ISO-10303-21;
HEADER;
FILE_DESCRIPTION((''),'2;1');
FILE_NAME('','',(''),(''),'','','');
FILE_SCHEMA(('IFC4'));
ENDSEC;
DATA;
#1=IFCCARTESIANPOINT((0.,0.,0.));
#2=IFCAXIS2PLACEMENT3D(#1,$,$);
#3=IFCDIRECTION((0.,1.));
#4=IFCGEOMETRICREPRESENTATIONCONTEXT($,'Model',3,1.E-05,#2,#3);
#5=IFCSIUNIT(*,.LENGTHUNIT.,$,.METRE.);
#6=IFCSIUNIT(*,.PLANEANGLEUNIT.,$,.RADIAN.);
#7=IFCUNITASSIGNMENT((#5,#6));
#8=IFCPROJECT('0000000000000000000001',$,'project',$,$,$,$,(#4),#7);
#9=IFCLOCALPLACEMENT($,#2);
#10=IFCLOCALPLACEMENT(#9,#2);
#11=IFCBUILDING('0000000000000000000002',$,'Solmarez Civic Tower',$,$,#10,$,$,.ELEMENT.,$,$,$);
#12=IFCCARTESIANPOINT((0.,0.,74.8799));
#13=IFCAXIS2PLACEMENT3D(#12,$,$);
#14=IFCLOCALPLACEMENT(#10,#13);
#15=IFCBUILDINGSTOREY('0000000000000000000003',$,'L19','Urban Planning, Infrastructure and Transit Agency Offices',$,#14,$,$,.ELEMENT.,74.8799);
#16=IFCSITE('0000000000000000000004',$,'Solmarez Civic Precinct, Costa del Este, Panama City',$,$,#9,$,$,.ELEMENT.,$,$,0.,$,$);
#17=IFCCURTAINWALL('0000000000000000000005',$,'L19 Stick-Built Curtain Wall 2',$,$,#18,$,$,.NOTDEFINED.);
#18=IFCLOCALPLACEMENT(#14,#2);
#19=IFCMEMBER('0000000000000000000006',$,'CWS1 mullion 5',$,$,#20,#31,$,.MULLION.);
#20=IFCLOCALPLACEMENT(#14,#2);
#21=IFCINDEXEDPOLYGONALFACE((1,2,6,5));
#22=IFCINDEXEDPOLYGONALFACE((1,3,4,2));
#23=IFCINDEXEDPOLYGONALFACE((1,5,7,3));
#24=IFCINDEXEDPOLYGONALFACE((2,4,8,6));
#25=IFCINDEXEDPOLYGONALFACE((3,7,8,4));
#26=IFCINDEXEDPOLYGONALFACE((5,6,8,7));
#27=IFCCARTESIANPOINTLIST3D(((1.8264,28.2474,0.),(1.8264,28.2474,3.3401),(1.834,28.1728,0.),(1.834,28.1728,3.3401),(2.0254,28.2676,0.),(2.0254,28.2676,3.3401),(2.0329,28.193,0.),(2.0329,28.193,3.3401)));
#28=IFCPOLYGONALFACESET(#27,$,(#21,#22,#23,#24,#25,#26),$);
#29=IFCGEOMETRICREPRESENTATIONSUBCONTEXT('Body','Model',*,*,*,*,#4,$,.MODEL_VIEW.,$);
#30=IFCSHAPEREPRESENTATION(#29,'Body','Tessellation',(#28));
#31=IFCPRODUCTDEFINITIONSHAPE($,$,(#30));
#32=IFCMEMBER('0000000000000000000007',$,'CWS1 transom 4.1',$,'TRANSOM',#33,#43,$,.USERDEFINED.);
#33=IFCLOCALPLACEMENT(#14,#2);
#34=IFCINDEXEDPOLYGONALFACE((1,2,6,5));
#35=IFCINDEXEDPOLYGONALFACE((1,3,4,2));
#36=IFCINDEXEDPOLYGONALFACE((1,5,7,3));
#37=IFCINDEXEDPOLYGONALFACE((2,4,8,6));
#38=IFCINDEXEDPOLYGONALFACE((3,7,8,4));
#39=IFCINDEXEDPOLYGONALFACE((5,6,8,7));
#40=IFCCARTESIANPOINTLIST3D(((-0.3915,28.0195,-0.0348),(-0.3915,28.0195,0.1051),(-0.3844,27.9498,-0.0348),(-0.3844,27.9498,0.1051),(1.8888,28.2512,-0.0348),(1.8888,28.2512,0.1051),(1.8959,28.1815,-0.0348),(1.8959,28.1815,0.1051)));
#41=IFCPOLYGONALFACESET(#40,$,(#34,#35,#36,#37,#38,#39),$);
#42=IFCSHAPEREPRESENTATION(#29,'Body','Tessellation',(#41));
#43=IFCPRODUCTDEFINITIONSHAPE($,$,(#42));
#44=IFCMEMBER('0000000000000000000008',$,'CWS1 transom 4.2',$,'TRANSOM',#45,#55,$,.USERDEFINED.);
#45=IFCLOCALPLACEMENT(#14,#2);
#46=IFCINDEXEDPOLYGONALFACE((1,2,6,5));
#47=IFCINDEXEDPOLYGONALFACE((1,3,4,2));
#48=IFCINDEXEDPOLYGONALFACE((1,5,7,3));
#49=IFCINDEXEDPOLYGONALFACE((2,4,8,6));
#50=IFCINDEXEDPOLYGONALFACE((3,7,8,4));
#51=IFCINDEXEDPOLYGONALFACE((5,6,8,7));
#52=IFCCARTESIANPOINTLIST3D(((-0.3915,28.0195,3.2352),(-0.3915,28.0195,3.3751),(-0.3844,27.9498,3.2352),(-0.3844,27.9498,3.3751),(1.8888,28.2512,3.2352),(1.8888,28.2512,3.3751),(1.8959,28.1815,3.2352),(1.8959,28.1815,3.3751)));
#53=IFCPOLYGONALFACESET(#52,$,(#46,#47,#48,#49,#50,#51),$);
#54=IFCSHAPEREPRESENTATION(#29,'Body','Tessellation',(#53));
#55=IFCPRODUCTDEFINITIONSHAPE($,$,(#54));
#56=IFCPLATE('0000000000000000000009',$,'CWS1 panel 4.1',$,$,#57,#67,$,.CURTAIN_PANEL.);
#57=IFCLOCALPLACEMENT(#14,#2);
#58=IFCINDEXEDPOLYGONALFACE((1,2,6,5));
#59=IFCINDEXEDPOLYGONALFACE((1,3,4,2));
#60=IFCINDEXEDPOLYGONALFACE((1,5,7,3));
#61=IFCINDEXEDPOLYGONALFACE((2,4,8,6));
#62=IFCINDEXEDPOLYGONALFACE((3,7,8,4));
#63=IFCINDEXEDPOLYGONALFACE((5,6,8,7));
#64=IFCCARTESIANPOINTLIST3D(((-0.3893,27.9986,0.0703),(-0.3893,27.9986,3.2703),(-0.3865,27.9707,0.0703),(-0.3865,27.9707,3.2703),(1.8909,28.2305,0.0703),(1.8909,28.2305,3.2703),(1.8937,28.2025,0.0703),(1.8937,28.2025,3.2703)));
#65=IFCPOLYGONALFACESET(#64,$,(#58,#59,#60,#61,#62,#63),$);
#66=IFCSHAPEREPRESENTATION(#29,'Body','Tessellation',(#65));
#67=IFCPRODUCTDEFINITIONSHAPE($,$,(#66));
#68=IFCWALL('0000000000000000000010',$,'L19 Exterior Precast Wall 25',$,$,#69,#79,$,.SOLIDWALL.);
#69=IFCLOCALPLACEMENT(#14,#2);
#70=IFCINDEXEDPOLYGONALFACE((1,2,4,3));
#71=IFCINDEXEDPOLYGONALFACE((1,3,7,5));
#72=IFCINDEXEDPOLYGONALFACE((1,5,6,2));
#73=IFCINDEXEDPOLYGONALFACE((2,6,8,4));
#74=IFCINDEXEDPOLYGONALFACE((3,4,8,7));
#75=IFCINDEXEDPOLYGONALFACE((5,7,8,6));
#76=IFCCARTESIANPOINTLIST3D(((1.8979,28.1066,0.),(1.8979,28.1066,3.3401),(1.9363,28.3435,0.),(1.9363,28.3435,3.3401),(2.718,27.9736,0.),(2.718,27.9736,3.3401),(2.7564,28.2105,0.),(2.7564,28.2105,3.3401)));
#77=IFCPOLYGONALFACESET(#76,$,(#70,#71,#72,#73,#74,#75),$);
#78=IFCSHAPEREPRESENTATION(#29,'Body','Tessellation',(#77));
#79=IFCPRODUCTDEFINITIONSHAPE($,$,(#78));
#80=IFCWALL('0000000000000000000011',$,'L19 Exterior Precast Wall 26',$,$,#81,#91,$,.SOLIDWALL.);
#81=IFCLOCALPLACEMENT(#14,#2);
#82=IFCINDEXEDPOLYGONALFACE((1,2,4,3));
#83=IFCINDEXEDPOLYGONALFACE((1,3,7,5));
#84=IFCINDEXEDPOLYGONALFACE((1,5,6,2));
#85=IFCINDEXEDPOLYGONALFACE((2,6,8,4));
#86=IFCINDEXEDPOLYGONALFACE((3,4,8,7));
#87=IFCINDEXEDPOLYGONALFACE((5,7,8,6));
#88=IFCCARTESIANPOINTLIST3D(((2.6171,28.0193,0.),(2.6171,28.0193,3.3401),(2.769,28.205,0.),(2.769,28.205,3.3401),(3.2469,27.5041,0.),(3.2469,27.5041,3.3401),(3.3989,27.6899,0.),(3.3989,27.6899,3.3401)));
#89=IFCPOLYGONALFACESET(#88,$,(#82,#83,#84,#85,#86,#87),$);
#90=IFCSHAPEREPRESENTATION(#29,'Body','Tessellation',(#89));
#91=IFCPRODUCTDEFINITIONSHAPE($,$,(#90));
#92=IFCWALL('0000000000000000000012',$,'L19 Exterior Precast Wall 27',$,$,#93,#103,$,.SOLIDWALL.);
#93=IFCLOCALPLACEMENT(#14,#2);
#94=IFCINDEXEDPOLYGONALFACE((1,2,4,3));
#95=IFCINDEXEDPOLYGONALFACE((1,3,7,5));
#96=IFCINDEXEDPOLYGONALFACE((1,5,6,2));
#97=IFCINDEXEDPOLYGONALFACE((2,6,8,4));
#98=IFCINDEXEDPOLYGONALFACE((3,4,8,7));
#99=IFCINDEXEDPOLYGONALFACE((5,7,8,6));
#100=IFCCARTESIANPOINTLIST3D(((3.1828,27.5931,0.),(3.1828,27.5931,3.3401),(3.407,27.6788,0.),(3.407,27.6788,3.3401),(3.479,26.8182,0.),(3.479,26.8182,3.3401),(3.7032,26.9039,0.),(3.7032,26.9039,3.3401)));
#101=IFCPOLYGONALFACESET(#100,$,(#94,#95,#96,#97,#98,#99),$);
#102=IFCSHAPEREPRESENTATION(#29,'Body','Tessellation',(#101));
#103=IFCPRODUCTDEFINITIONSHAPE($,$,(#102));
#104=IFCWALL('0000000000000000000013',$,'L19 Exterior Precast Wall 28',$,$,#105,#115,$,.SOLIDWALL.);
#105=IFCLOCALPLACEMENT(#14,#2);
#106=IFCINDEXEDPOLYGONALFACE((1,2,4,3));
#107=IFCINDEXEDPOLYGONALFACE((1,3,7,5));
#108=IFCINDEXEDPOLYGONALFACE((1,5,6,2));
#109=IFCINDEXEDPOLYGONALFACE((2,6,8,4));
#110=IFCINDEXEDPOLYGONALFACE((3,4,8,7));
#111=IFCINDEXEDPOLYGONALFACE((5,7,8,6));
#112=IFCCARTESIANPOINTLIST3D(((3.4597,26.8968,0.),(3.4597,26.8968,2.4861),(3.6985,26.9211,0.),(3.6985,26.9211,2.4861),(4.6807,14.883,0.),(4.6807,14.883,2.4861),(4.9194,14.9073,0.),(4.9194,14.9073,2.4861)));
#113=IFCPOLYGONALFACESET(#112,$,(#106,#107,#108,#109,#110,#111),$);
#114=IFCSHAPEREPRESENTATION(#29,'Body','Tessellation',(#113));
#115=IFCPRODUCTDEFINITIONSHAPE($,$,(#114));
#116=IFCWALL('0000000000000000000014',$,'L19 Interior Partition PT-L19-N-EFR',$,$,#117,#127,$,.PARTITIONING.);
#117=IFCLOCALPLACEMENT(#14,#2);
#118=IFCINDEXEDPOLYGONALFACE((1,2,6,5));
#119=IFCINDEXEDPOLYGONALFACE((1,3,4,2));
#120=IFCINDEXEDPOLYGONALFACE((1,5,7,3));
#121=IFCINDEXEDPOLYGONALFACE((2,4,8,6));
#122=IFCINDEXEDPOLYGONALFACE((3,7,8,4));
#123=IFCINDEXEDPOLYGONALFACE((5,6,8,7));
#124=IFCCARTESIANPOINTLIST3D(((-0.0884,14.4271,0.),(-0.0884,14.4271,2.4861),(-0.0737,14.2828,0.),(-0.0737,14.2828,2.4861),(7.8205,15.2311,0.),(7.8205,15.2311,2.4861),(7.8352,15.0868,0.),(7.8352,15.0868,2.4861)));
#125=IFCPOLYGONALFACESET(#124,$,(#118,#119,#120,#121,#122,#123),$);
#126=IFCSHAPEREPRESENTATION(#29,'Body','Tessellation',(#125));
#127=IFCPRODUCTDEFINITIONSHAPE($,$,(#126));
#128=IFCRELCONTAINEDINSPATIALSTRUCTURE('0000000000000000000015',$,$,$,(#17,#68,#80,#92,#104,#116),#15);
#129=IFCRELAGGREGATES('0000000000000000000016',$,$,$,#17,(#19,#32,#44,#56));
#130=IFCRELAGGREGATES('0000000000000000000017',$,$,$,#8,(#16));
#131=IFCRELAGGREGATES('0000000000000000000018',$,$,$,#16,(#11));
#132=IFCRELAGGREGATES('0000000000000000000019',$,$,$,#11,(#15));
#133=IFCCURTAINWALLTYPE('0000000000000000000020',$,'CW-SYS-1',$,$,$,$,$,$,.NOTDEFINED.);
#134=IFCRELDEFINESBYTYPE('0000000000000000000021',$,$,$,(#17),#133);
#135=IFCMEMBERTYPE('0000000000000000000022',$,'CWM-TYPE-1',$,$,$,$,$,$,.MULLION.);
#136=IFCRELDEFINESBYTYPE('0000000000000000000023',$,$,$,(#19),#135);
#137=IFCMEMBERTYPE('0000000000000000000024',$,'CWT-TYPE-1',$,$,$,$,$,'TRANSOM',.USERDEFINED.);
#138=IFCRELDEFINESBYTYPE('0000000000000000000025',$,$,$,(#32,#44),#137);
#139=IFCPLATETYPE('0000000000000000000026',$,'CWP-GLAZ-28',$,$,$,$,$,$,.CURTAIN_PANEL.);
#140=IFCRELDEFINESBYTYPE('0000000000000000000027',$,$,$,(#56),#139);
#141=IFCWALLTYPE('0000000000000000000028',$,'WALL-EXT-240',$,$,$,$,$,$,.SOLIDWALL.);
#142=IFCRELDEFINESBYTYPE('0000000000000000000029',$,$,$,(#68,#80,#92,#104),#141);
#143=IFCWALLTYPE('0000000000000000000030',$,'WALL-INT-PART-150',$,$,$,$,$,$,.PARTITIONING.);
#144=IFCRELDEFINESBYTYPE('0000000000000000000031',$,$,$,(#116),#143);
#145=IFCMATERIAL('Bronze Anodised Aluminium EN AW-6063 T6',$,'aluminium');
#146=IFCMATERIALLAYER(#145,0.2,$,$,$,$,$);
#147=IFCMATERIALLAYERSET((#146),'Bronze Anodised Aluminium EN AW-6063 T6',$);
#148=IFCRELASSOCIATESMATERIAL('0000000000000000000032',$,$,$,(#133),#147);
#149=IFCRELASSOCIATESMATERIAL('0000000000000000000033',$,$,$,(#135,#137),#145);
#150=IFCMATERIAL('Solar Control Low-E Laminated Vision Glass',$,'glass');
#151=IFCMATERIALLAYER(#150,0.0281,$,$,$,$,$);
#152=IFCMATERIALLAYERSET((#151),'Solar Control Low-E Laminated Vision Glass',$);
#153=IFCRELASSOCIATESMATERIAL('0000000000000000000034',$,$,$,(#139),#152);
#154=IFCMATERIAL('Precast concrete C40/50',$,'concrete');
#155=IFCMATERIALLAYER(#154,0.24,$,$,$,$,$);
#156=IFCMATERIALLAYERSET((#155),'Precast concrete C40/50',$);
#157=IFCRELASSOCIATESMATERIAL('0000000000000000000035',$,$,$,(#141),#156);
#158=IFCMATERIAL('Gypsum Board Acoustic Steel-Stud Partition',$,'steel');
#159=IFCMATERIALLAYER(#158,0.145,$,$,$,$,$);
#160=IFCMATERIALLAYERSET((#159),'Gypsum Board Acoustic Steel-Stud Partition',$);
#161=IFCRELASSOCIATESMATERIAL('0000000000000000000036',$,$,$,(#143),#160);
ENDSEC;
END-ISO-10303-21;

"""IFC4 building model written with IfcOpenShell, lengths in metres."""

from ifc_helpers import new_model, si_unit, direction, frame, frame_2d, origin, origin_2d, place, context, subcontext, project, spatial, rectangle, extrude, material, layer, layer_set, material_profile, profile_set, type_object, element, aggregate, save


model = new_model("IFC4")

# Units and contexts
model_context = context("Model", 3, precision=1e-05, world=origin(), true_north=direction((0.0, 1.0)))
body_context = subcontext(model_context, "Body", "Model", "MODEL_VIEW")
ifc_project = project(units=[si_unit("LENGTHUNIT", "METRE"), si_unit("PLANEANGLEUNIT", "RADIAN")], contexts=[model_context])

# Site, building, storey
site_placement = place(None, origin())
site = spatial("IfcSite", under=ifc_project, at=site_placement, Name="Solmarez Civic Precinct, Costa del Este, Panama City", CompositionType="ELEMENT", RefElevation=0.0)
building_placement = place(site_placement, origin())
building = spatial("IfcBuilding", under=site, at=building_placement, Name="Solmarez Civic Tower", CompositionType="ELEMENT")
storey_placement = place(building_placement, frame((0.0, 0.0, 74.8799)))
storey = spatial("IfcBuildingStorey", under=building, at=storey_placement, Name="L19", Description="Urban Planning, Infrastructure and Transit Agency Offices", CompositionType="ELEMENT", Elevation=74.8799)

# Curtain wall, members, plate
ifc_material_1 = material(Name="Bronze Anodised Aluminium EN AW-6063 T6", Category="aluminium")
ifc_layer_1 = layer(ifc_material_1, 0.2)
ifc_layer_set_1 = layer_set([ifc_layer_1], Name="Bronze Anodised Aluminium EN AW-6063 T6")
curtain_wall_type = type_object("IfcCurtainWallType", Name="CW-SYS-1", PredefinedType="NOTDEFINED", material=ifc_layer_set_1)
curtain_wall_placement = place(storey_placement, origin())
curtain_wall = element("IfcCurtainWall", 1, at=curtain_wall_placement, inside=storey, type_object=curtain_wall_type, Name="L19 Stick-Built Curtain Wall 2", PredefinedType="NOTDEFINED")
ifc_material_profile_1 = material_profile(ifc_material_1, rectangle(XDim=0.075, YDim=0.2, at=origin_2d()), Name="CWM-75X200")
ifc_profile_set_1 = profile_set([ifc_material_profile_1], Name="Bronze Anodised Aluminium EN AW-6063 T6")
member_type_1 = type_object("IfcMemberType", Name="CWM-TYPE-1", PredefinedType="MULLION", material=ifc_profile_set_1)
member_1_placement = place(storey_placement, frame((1.9297, 28.2202, 0.0), z_axis=(0.0, 0.0, 1.0), x_axis=(-0.101161, 0.99487, 0.0)))
member_1 = element("IfcMember", 2, at=member_1_placement, type_object=member_type_1, Name="CWS1 mullion 5", PredefinedType="MULLION", context=body_context, shape_type="SweptSolid", body=[
    extrude(rectangle(XDim=0.075, YDim=0.2, at=origin_2d()), origin(), (0.0, 0.0, 1.0), 3.3401),
])
ifc_material_profile_2 = material_profile(ifc_material_1, rectangle(XDim=0.0701, YDim=0.1399, at=origin_2d()), Name="CWT-70X140")
ifc_profile_set_2 = profile_set([ifc_material_profile_2], Name="Bronze Anodised Aluminium EN AW-6063 T6")
member_type_2 = type_object("IfcMemberType", Name="CWT-TYPE-1", ElementType="TRANSOM", PredefinedType="USERDEFINED", material=ifc_profile_set_2)
member_2_placement = place(storey_placement, frame((-0.3879, 27.9846, 0.0352), z_axis=(0.994878, 0.101086, 0.0), x_axis=(-0.101086, 0.994878, 0.0)))
member_2 = element("IfcMember", 3, at=member_2_placement, type_object=member_type_2, Name="CWS1 transom 4.1", ObjectType="TRANSOM", PredefinedType="USERDEFINED", context=body_context, shape_type="SweptSolid", body=[
    extrude(rectangle(XDim=0.0701, YDim=0.1399, at=origin_2d()), origin(), (0.0, 0.0, 1.0), 2.292),
])
member_3_placement = place(storey_placement, frame((-0.3879, 27.9846, 3.3052), z_axis=(0.994878, 0.101086, 0.0), x_axis=(-0.101086, 0.994878, 0.0)))
member_3 = element("IfcMember", 4, at=member_3_placement, type_object=member_type_2, Name="CWS1 transom 4.2", ObjectType="TRANSOM", PredefinedType="USERDEFINED", context=body_context, shape_type="SweptSolid", body=[
    extrude(rectangle(XDim=0.0701, YDim=0.1399, at=origin_2d()), origin(), (0.0, 0.0, 1.0), 2.292),
])
ifc_material_2 = material(Name="Solar Control Low-E Laminated Vision Glass", Category="glass")
ifc_layer_2 = layer(ifc_material_2, 0.0281)
ifc_layer_set_2 = layer_set([ifc_layer_2], Name="Solar Control Low-E Laminated Vision Glass")
plate_type = type_object("IfcPlateType", Name="CWP-GLAZ-28", PredefinedType="CURTAIN_PANEL", material=ifc_layer_set_2)
plate_placement = place(storey_placement, frame((0.7522, 28.1006, 0.0703), z_axis=(0.0, 0.0, 1.0), x_axis=(0.99487, 0.101161, 0.0)))
plate = element("IfcPlate", 5, at=plate_placement, type_object=plate_type, Name="CWS1 panel 4.1", PredefinedType="CURTAIN_PANEL", context=body_context, shape_type="SweptSolid", body=[
    extrude(rectangle(XDim=2.292, YDim=0.0281, at=origin_2d()), origin(), (0.0, 0.0, 1.0), 3.2),
])
aggregate(curtain_wall, [member_1, member_2, member_3, plate])

# Walls
ifc_material_3 = material(Name="Precast concrete C40/50", Category="concrete")
ifc_layer_3 = layer(ifc_material_3, 0.24)
ifc_layer_set_3 = layer_set([ifc_layer_3], Name="Precast concrete C40/50")
wall_type_1 = type_object("IfcWallType", Name="WALL-EXT-240", PredefinedType="SOLIDWALL", material=ifc_layer_set_3)
wall_1_placement = place(storey_placement, frame((1.917, 28.2251, 0.0), z_axis=(0.0, 0.0, 1.0), x_axis=(0.987092, -0.160156, 0.0)))
element("IfcWall", 6, at=wall_1_placement, inside=storey, type_object=wall_type_1, Name="L19 Exterior Precast Wall 25", PredefinedType="SOLIDWALL", context=body_context, shape_type="SweptSolid", body=[
    extrude(rectangle(XDim=0.8308, YDim=0.24, at=frame_2d((0.4155, 0.0))), origin(), (0.0, 0.0, 1.0), 3.3401),
])
wall_2_placement = place(storey_placement, frame((2.6931, 28.1121, 0.0), z_axis=(0.0, 0.0, 1.0), x_axis=(0.774091, -0.633074, 0.0)))
element("IfcWall", 7, at=wall_2_placement, inside=storey, type_object=wall_type_1, Name="L19 Exterior Precast Wall 26", PredefinedType="SOLIDWALL", context=body_context, shape_type="SweptSolid", body=[
    extrude(rectangle(XDim=0.8137, YDim=0.24, at=frame_2d((0.4067, 0.0))), origin(), (0.0, 0.0, 1.0), 3.3401),
])
wall_3_placement = place(storey_placement, frame((3.2949, 27.636, 0.0), z_axis=(0.0, 0.0, 1.0), x_axis=(0.356986, -0.93411, 0.0)))
element("IfcWall", 8, at=wall_3_placement, inside=storey, type_object=wall_type_1, Name="L19 Exterior Precast Wall 27", PredefinedType="SOLIDWALL", context=body_context, shape_type="SweptSolid", body=[
    extrude(rectangle(XDim=0.8296, YDim=0.24, at=frame_2d((0.4148, 0.0))), origin(), (0.0, 0.0, 1.0), 3.3401),
])
wall_4_placement = place(storey_placement, frame((3.5791, 26.9089, 0.0), z_axis=(0.0, 0.0, 1.0), x_axis=(0.101107, -0.994876, 0.0)))
element("IfcWall", 9, at=wall_4_placement, inside=storey, type_object=wall_type_1, Name="L19 Exterior Precast Wall 28", PredefinedType="SOLIDWALL", context=body_context, shape_type="SweptSolid", body=[
    extrude(rectangle(XDim=12.0757, YDim=0.24, at=frame_2d((6.0378, 0.0))), origin(), (0.0, 0.0, 1.0), 2.4861),
])
ifc_material_4 = material(Name="Gypsum Board Acoustic Steel-Stud Partition", Category="steel")
ifc_layer_4 = layer(ifc_material_4, 0.145)
ifc_layer_set_4 = layer_set([ifc_layer_4], Name="Gypsum Board Acoustic Steel-Stud Partition")
wall_type_2 = type_object("IfcWallType", Name="WALL-INT-PART-150", PredefinedType="PARTITIONING", material=ifc_layer_set_4)
wall_5_placement = place(storey_placement, frame((7.8279, 15.1589, 0.0), z_axis=(0.0, 0.0, 1.0), x_axis=(-0.994873, -0.10113, 0.0)))
element("IfcWall", 10, at=wall_5_placement, inside=storey, type_object=wall_type_2, Name="L19 Interior Partition PT-L19-N-EFR", PredefinedType="PARTITIONING", context=body_context, shape_type="SweptSolid", body=[
    extrude(rectangle(XDim=7.9497, YDim=0.145, at=frame_2d((3.9749, 0.0))), origin(), (0.0, 0.0, 1.0), 2.4861),
])

save(model, "model.ifc")
